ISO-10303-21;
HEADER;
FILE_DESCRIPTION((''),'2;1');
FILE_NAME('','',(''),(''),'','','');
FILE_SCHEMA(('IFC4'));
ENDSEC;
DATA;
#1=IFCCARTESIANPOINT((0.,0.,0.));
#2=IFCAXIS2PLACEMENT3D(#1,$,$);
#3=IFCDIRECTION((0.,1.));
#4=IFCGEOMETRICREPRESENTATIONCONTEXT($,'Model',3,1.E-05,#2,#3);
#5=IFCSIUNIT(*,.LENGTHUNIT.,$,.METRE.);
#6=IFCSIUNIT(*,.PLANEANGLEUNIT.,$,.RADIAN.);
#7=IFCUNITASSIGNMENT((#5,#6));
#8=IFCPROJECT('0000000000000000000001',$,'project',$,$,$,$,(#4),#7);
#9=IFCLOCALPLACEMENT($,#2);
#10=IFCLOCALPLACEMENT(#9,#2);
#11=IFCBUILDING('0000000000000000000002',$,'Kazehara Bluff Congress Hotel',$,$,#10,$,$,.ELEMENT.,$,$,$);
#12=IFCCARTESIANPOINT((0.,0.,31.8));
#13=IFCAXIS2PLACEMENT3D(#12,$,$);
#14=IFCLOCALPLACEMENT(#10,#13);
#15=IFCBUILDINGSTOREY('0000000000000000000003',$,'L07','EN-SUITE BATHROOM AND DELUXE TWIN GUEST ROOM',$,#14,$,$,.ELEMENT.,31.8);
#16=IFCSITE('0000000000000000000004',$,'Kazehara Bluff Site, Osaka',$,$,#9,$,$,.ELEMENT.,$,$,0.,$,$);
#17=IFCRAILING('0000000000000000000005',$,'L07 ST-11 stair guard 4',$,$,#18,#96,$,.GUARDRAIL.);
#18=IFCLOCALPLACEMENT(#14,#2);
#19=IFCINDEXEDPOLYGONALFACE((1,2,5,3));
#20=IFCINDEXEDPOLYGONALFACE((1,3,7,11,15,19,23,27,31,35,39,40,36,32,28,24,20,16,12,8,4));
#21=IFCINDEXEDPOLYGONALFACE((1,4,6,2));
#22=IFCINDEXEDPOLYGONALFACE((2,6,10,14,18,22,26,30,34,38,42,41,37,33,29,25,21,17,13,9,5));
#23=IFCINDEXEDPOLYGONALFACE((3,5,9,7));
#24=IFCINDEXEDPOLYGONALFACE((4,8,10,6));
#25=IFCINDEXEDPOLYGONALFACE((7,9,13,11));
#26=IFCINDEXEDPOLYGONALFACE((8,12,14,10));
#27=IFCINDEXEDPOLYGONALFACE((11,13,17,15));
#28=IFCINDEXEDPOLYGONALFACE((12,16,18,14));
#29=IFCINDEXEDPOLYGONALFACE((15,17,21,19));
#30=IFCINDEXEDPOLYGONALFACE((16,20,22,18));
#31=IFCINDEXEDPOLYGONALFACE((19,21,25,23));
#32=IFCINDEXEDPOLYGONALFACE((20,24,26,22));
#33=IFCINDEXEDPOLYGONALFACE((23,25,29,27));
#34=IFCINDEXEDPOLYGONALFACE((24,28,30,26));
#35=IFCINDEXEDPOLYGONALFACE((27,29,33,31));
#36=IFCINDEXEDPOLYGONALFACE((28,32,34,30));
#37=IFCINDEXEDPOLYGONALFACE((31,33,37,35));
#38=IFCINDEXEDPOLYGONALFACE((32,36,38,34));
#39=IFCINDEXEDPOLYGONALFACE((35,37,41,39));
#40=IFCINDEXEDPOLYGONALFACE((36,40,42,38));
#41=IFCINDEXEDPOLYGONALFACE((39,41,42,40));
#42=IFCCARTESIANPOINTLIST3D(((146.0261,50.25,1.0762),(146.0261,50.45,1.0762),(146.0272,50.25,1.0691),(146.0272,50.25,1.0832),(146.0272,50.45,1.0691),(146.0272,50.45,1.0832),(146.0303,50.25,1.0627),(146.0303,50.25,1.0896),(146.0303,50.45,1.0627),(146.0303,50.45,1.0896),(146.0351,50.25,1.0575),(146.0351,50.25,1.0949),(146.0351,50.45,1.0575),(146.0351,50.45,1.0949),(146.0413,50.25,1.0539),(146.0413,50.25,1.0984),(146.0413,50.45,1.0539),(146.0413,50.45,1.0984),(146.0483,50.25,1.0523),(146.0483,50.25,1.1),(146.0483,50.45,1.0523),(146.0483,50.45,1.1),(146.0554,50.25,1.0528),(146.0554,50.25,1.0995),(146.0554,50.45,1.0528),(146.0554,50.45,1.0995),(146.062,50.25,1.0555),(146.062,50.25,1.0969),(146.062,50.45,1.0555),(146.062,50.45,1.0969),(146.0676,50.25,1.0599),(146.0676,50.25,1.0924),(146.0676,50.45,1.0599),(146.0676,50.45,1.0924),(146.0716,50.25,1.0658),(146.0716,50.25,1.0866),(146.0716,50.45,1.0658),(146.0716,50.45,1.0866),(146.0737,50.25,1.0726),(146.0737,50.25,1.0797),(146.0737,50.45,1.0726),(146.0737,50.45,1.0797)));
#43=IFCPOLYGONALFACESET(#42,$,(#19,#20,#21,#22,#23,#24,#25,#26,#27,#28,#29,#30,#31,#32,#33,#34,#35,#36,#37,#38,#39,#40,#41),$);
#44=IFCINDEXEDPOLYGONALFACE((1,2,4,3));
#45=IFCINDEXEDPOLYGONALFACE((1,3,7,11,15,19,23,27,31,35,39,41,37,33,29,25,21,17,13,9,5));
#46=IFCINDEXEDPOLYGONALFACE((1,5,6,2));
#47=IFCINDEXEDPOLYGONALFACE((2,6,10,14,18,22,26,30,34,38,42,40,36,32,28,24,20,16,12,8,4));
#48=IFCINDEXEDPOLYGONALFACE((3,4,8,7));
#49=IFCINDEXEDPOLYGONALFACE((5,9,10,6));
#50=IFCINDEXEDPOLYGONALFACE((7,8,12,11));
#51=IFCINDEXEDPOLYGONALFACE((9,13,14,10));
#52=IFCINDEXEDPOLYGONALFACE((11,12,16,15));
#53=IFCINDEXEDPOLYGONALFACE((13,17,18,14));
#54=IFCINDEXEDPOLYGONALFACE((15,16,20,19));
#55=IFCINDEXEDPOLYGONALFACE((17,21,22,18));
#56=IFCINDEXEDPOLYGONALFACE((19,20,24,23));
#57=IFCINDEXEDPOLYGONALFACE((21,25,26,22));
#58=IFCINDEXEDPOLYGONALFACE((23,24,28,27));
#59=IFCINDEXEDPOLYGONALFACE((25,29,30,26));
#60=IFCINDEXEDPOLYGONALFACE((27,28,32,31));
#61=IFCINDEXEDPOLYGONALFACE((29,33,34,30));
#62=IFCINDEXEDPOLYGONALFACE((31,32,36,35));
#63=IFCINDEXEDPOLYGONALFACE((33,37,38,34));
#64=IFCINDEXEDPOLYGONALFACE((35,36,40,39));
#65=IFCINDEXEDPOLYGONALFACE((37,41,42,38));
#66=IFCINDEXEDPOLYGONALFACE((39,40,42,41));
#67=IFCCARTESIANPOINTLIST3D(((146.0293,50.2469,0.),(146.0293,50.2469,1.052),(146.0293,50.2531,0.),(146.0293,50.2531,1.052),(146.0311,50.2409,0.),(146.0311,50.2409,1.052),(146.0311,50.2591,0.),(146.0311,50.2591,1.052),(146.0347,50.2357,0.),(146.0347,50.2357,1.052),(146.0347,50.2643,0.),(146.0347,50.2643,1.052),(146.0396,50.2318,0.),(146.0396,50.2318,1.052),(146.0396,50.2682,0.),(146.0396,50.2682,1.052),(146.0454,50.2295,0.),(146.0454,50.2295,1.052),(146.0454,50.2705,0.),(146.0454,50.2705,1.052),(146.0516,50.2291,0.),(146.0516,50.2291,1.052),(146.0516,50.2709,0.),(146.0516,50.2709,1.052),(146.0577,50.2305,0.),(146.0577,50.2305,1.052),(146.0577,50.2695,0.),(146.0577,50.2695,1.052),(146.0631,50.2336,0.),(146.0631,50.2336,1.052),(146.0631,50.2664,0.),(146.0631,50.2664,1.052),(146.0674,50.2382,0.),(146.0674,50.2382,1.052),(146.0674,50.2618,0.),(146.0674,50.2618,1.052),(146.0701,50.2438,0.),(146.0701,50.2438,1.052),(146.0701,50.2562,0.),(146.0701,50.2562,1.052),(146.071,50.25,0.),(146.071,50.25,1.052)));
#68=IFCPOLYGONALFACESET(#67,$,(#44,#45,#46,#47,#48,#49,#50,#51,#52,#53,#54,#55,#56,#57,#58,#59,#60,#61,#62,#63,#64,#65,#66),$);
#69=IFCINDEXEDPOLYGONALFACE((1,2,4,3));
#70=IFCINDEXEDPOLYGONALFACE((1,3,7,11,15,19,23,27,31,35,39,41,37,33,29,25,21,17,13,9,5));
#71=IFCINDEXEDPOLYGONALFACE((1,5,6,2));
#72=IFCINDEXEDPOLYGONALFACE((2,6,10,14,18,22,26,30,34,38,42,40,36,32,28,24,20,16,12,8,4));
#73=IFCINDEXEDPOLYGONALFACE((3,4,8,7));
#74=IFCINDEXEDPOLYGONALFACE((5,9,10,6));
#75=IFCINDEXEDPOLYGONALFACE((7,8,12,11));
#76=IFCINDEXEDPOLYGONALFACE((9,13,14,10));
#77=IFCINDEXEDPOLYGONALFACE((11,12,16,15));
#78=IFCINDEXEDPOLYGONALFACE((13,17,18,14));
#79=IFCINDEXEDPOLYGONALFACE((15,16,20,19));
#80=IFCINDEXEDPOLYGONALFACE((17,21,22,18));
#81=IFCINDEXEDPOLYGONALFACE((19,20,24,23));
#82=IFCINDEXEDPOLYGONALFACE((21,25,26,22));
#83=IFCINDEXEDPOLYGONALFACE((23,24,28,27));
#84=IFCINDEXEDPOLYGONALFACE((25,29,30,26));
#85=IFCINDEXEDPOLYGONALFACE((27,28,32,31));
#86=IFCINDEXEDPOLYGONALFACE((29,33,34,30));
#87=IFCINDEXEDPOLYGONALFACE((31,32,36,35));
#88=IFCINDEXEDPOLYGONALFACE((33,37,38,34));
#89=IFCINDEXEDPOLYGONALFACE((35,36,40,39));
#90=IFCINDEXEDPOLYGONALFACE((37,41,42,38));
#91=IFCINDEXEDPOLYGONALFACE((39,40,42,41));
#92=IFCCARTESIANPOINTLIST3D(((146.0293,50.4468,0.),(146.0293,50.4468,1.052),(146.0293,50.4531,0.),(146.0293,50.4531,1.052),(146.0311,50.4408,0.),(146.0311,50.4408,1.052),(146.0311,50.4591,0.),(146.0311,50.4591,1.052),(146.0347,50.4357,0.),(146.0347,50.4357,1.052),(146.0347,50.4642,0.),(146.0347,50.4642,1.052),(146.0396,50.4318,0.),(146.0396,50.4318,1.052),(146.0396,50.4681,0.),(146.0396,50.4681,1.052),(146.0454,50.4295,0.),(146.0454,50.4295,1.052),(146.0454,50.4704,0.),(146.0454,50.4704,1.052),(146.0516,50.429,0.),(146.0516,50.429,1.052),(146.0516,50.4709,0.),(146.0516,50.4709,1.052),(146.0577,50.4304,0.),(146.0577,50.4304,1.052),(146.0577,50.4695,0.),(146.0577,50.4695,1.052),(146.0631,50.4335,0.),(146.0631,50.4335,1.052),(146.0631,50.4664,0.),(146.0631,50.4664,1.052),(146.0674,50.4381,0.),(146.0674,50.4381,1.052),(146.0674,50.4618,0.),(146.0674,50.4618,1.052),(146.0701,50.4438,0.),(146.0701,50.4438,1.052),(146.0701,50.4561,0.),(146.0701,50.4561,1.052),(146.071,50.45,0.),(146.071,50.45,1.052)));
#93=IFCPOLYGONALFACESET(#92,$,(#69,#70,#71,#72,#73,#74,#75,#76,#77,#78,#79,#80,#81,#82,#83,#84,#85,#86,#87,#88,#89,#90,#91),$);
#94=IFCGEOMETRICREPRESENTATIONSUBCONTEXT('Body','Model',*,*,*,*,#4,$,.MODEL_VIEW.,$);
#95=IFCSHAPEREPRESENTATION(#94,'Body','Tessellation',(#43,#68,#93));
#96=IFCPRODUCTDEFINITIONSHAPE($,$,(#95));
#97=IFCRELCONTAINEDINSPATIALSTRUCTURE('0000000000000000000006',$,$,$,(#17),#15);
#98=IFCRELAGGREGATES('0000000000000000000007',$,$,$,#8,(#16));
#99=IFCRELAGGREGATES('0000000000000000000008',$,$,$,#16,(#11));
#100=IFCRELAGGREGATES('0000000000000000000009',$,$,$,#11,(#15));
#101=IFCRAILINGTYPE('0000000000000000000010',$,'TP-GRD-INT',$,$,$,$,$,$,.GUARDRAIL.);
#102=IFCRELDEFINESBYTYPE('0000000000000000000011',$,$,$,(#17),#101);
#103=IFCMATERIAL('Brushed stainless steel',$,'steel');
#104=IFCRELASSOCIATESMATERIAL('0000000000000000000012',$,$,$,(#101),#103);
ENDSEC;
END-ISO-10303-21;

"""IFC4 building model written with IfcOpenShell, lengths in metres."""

from ifc_helpers import new_model, si_unit, direction, frame, origin, origin_2d, place, context, subcontext, project, spatial, circle, extrude, material, type_object, element, save


model = new_model("IFC4")

# Units and contexts
model_context = context("Model", 3, precision=1e-05, world=origin(), true_north=direction((0.0, 1.0)))
body_context = subcontext(model_context, "Body", "Model", "MODEL_VIEW")
ifc_project = project(units=[si_unit("LENGTHUNIT", "METRE"), si_unit("PLANEANGLEUNIT", "RADIAN")], contexts=[model_context])

# Site, building, storey
site_placement = place(None, origin())
site = spatial("IfcSite", under=ifc_project, at=site_placement, Name="Kazehara Bluff Site, Osaka", CompositionType="ELEMENT", RefElevation=0.0)
building_placement = place(site_placement, origin())
building = spatial("IfcBuilding", under=site, at=building_placement, Name="Kazehara Bluff Congress Hotel", CompositionType="ELEMENT")
storey_placement = place(building_placement, frame((0.0, 0.0, 31.8)))
storey = spatial("IfcBuildingStorey", under=building, at=storey_placement, Name="L07", Description="EN-SUITE BATHROOM AND DELUXE TWIN GUEST ROOM", CompositionType="ELEMENT", Elevation=31.8)

# Railing
ifc_material_1 = material(Name="Brushed stainless steel", Category="steel")
railing_type_1 = type_object("IfcRailingType", Name="TP-GRD-INT", PredefinedType="GUARDRAIL", material=ifc_material_1)
railing_1_placement = place(storey_placement, frame((146.05, 50.25, 0.0)))
element("IfcRailing", 1, at=railing_1_placement, inside=storey, type_object=railing_type_1, Name="L07 ST-11 stair guard 4", PredefinedType="GUARDRAIL", context=body_context, shape_type="SweptSolid", body=[
    extrude(circle(Radius=0.0239, at=origin_2d()), frame((0.0, 0.0, 1.0762), z_axis=(0.0, 1.0, 0.0), x_axis=(-1.0, 0.0, 0.0)), (0.0, 0.0, 1.0), 0.2),
    extrude(circle(Radius=0.021, at=origin_2d()), origin(), (0.0, 0.0, 1.0), 1.052),
    extrude(circle(Radius=0.021, at=origin_2d()), frame((0.0, 0.2, 0.0)), (0.0, 0.0, 1.0), 1.052),
])

save(model, "model.ifc")
